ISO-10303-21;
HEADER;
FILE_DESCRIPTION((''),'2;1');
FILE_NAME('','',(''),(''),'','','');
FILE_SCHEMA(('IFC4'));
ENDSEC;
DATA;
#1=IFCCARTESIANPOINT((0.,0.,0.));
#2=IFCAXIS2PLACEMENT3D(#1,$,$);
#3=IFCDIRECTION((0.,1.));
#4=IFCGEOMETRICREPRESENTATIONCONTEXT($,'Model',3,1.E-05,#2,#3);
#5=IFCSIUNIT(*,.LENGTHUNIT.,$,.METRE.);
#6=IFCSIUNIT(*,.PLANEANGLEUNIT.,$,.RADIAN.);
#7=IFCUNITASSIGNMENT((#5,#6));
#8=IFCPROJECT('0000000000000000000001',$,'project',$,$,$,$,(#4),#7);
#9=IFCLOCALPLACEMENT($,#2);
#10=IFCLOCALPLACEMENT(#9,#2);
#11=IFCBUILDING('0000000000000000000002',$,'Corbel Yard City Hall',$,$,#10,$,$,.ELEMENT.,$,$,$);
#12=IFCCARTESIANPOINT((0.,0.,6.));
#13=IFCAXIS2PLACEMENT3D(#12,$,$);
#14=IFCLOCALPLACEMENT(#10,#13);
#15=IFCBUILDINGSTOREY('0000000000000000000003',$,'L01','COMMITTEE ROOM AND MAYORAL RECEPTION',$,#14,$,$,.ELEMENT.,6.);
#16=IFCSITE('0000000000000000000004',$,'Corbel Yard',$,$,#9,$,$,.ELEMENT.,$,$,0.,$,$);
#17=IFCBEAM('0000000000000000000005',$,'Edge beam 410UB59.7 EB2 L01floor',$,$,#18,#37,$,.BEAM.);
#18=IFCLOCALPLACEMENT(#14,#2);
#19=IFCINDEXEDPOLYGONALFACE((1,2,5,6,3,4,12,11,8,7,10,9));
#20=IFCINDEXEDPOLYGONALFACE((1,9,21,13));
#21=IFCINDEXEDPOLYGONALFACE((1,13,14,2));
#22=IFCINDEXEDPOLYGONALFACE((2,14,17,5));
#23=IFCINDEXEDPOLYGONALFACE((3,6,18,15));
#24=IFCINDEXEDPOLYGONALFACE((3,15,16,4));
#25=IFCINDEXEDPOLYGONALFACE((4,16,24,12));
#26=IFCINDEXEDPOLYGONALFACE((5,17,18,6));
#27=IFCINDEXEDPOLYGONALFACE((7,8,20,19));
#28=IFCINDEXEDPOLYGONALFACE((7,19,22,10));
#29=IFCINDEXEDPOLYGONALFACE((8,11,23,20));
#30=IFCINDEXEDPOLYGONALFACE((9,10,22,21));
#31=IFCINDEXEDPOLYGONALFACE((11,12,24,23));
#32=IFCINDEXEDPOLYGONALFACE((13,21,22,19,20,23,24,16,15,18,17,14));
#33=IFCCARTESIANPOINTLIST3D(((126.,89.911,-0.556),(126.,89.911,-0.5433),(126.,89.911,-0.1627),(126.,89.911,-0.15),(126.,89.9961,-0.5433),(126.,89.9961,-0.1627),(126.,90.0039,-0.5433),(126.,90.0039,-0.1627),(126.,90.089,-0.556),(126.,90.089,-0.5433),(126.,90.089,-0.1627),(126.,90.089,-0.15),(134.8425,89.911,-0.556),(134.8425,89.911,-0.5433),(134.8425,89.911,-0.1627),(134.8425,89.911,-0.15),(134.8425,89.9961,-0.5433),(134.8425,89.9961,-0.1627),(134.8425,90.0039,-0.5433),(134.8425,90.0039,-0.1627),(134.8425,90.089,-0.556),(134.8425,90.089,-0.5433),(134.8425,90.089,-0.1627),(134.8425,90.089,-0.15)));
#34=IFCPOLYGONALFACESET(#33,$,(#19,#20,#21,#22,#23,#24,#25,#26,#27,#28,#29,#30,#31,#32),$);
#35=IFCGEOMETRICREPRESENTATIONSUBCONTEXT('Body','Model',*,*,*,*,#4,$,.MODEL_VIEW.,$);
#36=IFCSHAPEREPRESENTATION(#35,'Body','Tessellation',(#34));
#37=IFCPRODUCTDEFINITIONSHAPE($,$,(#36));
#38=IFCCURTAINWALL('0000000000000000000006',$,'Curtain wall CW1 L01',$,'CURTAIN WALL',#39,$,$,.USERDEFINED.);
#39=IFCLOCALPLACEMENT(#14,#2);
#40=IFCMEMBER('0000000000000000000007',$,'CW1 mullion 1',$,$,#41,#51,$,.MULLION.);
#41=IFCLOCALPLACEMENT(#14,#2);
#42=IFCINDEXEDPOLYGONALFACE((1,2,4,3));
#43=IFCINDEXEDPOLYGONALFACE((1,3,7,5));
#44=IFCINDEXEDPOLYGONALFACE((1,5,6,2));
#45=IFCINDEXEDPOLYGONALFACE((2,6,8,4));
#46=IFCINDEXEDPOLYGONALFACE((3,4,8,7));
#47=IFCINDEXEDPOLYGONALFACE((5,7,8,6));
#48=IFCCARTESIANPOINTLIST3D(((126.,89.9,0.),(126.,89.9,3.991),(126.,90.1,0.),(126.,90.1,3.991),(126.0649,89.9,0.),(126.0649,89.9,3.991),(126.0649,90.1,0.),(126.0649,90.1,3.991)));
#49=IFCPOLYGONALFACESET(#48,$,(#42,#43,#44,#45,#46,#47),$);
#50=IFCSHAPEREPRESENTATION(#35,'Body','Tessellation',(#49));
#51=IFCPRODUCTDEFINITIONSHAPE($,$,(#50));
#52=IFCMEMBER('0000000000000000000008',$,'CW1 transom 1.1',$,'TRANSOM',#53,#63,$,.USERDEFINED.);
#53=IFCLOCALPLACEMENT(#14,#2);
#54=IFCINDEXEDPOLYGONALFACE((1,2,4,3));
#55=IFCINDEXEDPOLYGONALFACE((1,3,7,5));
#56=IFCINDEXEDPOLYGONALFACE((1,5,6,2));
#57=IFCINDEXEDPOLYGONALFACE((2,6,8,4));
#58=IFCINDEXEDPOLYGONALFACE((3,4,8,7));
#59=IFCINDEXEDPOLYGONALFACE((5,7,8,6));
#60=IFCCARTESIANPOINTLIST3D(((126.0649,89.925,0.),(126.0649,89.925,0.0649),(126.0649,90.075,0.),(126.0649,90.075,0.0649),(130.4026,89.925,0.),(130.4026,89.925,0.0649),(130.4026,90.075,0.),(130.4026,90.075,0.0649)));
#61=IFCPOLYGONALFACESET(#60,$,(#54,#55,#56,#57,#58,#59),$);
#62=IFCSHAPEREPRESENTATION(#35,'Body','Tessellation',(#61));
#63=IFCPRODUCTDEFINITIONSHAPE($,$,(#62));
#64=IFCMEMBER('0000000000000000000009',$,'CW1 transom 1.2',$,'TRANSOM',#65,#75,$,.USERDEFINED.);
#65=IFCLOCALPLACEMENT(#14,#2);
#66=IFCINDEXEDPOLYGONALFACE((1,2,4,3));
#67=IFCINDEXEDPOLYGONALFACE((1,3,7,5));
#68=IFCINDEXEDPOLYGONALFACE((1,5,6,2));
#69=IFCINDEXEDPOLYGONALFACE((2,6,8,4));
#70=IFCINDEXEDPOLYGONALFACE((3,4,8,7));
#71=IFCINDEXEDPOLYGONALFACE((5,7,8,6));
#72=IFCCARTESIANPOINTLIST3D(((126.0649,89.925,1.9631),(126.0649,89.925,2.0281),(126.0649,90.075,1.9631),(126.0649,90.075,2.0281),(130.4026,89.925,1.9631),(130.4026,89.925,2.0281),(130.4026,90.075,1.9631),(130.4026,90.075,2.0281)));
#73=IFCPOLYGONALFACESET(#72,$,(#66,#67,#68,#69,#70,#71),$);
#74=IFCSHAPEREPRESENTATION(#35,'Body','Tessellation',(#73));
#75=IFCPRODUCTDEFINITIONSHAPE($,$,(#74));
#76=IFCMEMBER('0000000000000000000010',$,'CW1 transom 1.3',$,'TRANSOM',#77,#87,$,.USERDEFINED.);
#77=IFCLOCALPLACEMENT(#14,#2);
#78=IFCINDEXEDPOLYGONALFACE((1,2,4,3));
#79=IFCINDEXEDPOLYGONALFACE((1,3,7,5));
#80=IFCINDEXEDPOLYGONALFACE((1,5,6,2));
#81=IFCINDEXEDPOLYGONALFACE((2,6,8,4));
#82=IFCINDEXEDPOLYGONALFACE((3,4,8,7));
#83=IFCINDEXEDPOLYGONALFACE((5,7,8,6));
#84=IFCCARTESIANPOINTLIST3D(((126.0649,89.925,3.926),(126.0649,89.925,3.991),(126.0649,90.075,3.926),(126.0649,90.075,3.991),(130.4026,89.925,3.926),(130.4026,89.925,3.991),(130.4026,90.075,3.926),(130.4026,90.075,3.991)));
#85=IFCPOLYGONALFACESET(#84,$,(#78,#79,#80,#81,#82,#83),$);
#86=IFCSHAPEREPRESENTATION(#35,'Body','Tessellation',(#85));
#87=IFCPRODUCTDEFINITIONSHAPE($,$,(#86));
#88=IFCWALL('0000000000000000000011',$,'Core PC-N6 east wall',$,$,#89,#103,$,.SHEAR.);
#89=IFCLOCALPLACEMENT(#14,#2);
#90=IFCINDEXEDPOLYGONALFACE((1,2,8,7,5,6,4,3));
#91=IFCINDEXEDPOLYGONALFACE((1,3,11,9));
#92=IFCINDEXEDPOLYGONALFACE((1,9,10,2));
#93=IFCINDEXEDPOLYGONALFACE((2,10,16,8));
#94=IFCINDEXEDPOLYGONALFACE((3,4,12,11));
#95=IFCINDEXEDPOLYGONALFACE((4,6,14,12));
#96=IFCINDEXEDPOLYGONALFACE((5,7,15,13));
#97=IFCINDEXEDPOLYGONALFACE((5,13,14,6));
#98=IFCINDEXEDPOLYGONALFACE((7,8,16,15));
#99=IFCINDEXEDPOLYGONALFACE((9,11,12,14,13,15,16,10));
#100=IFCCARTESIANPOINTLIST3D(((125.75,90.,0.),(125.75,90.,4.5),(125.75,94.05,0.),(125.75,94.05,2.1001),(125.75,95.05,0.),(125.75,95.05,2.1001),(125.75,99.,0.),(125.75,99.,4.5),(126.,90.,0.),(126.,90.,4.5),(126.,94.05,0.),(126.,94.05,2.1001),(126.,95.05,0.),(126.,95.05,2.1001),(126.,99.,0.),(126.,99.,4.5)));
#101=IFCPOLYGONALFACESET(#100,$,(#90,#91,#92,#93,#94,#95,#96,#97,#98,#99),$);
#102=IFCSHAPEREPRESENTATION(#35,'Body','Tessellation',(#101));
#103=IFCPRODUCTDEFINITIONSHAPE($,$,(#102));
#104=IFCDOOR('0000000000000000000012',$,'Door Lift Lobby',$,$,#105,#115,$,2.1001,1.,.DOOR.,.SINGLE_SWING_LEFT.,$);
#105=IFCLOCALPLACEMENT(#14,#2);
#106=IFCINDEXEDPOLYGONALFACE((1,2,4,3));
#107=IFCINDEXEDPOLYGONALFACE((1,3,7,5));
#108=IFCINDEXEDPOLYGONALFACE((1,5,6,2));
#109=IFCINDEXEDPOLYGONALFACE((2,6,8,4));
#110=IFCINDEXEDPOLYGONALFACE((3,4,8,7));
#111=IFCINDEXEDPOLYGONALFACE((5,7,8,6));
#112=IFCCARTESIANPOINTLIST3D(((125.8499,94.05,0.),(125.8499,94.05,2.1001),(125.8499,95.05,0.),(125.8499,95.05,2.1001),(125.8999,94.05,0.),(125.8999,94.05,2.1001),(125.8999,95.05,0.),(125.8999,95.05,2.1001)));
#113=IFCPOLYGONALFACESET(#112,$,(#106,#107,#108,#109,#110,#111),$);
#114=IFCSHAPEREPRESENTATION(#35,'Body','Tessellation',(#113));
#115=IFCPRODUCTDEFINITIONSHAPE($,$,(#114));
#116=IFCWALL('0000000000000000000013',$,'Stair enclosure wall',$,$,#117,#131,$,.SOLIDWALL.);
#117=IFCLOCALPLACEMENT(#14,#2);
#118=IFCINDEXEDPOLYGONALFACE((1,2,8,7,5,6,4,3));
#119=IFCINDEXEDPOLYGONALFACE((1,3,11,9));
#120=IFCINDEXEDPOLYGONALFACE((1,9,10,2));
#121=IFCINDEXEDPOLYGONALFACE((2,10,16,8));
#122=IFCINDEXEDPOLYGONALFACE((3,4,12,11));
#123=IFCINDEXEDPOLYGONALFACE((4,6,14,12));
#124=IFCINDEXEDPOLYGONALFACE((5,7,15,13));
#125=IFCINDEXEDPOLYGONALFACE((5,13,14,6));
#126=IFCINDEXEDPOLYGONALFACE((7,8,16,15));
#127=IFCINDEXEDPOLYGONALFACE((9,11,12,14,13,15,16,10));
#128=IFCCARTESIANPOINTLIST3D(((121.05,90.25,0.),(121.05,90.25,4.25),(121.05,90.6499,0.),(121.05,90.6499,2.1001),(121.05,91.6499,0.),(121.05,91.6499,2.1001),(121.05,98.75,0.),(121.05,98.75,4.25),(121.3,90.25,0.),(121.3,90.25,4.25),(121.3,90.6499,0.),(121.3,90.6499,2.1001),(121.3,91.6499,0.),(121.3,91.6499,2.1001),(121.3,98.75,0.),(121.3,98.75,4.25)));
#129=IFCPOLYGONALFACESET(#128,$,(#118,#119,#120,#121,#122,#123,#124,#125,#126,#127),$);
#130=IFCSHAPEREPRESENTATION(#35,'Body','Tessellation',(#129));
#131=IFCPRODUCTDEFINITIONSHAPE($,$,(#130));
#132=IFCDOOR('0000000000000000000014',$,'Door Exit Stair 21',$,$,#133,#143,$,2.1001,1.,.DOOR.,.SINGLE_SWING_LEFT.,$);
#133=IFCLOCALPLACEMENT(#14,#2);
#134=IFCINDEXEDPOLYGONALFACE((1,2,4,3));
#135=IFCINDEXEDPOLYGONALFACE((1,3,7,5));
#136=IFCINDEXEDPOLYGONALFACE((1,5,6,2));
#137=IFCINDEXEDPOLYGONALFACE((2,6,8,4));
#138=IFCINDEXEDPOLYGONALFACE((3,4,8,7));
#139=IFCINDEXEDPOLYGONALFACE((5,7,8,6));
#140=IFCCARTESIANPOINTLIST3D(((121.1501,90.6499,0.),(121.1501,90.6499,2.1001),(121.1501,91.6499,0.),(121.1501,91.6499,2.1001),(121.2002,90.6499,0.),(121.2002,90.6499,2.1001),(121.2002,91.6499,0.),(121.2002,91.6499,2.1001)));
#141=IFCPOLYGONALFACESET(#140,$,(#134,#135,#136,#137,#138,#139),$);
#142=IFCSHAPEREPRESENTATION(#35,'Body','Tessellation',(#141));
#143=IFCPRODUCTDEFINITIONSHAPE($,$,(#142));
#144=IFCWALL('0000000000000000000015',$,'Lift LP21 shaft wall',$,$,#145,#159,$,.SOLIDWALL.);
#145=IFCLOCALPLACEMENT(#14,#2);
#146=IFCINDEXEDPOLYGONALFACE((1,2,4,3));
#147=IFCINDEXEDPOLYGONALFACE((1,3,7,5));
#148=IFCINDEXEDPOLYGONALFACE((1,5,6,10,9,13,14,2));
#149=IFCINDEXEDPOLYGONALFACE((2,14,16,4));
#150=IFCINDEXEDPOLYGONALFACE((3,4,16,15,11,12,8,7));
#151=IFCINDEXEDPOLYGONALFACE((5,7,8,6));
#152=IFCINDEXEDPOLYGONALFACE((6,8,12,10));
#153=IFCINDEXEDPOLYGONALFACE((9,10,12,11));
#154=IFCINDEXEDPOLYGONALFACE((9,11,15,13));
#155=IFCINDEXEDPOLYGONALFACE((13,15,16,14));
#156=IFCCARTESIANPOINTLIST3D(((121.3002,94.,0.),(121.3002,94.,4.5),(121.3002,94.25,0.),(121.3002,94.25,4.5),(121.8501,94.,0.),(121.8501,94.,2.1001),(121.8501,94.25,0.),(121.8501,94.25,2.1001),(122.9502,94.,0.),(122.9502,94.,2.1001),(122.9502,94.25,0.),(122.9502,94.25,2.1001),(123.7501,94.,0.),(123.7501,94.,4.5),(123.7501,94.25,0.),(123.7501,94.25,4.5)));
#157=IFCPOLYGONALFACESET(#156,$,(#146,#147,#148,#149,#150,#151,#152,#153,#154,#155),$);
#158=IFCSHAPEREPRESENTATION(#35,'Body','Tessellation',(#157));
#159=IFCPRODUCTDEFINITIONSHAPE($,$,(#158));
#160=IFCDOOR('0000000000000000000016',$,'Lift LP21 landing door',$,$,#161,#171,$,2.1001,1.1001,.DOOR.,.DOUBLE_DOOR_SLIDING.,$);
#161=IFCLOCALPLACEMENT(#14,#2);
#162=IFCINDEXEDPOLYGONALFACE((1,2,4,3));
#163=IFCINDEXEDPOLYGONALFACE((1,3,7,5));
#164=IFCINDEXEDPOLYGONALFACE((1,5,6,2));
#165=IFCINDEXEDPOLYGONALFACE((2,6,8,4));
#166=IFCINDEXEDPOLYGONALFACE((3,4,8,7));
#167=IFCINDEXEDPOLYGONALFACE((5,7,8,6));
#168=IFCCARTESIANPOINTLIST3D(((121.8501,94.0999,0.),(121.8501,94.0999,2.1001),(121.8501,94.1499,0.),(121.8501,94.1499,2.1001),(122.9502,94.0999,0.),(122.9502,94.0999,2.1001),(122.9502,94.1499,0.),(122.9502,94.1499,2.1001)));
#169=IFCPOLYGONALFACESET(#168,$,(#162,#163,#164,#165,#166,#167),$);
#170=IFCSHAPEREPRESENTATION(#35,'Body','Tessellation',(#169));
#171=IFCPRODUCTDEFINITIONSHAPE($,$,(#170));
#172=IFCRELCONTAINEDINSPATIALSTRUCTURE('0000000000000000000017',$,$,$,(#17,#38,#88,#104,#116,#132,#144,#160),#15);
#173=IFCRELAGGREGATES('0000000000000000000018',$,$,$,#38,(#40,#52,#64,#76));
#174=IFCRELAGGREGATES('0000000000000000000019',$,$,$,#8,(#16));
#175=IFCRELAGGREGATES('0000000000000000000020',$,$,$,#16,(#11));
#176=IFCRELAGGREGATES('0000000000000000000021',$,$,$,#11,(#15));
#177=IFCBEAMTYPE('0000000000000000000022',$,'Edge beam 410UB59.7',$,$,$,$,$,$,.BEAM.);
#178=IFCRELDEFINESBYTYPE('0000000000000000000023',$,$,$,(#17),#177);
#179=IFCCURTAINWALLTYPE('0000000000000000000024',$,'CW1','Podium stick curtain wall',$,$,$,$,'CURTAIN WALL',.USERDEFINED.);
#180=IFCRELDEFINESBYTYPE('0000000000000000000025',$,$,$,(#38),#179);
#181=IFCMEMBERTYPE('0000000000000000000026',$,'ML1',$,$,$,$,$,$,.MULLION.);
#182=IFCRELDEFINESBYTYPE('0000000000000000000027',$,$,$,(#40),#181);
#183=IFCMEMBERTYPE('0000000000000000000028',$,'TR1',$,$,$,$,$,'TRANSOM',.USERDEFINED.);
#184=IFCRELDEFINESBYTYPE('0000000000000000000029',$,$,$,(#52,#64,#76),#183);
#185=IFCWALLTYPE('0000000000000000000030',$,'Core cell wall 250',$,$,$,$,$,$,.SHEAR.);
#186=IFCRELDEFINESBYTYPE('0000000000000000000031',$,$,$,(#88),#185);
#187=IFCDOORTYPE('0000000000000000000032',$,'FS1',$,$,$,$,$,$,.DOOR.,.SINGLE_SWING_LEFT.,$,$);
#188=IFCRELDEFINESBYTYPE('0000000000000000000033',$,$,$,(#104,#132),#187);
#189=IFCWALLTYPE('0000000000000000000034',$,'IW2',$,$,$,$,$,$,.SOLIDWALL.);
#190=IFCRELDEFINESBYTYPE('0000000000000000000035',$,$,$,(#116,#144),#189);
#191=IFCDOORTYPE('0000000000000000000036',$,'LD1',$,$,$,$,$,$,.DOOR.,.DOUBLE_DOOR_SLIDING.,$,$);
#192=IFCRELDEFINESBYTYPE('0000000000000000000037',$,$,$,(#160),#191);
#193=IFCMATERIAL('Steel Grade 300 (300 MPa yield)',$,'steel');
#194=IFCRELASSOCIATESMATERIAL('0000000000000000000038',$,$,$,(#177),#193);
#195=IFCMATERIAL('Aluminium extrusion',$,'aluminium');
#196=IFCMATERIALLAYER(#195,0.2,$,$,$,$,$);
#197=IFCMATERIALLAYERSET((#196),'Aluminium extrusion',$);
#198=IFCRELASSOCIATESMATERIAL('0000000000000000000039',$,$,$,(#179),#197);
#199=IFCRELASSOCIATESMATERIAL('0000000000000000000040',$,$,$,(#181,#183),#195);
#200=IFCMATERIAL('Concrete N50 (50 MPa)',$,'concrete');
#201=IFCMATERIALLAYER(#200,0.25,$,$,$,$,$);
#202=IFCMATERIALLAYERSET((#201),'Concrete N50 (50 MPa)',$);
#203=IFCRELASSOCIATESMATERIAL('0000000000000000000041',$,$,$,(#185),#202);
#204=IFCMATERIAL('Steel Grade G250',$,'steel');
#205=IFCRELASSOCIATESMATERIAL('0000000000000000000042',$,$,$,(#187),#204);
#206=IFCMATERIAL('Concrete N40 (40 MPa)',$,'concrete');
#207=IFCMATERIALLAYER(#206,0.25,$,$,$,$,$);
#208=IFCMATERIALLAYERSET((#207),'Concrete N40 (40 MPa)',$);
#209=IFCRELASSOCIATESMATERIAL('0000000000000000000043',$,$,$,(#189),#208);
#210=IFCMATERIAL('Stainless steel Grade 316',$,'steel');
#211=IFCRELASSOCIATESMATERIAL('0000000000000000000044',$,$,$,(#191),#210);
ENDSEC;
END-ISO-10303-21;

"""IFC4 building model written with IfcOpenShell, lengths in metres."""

from ifc_helpers import new_model, si_unit, direction, frame, frame_2d, origin, origin_2d, place, context, subcontext, project, spatial, rectangle, i_section, extrude, material, layer, layer_set, material_profile, profile_set, type_object, element, fill, aggregate, save


model = new_model("IFC4")

# Units and contexts
model_context = context("Model", 3, precision=1e-05, world=origin(), true_north=direction((0.0, 1.0)))
body_context = subcontext(model_context, "Body", "Model", "MODEL_VIEW")
ifc_project = project(units=[si_unit("LENGTHUNIT", "METRE"), si_unit("PLANEANGLEUNIT", "RADIAN")], contexts=[model_context])

# Site, building, storey
site_placement = place(None, origin())
site = spatial("IfcSite", under=ifc_project, at=site_placement, Name="Corbel Yard", CompositionType="ELEMENT", RefElevation=0.0)
building_placement = place(site_placement, origin())
building = spatial("IfcBuilding", under=site, at=building_placement, Name="Corbel Yard City Hall", CompositionType="ELEMENT")
storey_placement = place(building_placement, frame((0.0, 0.0, 6.0)))
storey = spatial("IfcBuildingStorey", under=building, at=storey_placement, Name="L01", Description="COMMITTEE ROOM AND MAYORAL RECEPTION", CompositionType="ELEMENT", Elevation=6.0)

# Beam
ifc_material_1 = material(Name="Steel Grade 300 (300 MPa yield)", Category="steel")
ifc_material_profile_1 = material_profile(ifc_material_1, i_section(OverallWidth=0.178, OverallDepth=0.406, WebThickness=0.0078, FlangeThickness=0.0127, at=origin_2d()), Name="410UB59.7")
ifc_profile_set_1 = profile_set([ifc_material_profile_1], Name="Steel Grade 300 (300 MPa yield)")
beam_type = type_object("IfcBeamType", Name="Edge beam 410UB59.7", PredefinedType="BEAM", material=ifc_profile_set_1)
beam_placement = place(storey_placement, frame((126.0, 90.0, -0.353), z_axis=(1.0, 0.0, 0.0), x_axis=(0.0, 1.0, 0.0)))
element("IfcBeam", 1, at=beam_placement, inside=storey, type_object=beam_type, Name="Edge beam 410UB59.7 EB2 L01floor", PredefinedType="BEAM", context=body_context, shape_type="SweptSolid", body=[
    extrude(i_section(OverallWidth=0.178, OverallDepth=0.406, WebThickness=0.0078, FlangeThickness=0.0127, at=origin_2d()), origin(), (0.0, 0.0, 1.0), 8.8425),
])

# Curtain wall, members
ifc_material_2 = material(Name="Aluminium extrusion", Category="aluminium")
ifc_layer_1 = layer(ifc_material_2, 0.2)
ifc_layer_set_1 = layer_set([ifc_layer_1], Name="Aluminium extrusion")
curtain_wall_type = type_object("IfcCurtainWallType", Name="CW1", Description="Podium stick curtain wall", ElementType="CURTAIN WALL", PredefinedType="USERDEFINED", material=ifc_layer_set_1)
curtain_wall_placement = place(storey_placement, origin())
curtain_wall = element("IfcCurtainWall", 2, at=curtain_wall_placement, inside=storey, type_object=curtain_wall_type, Name="Curtain wall CW1 L01", ObjectType="CURTAIN WALL", PredefinedType="USERDEFINED")
ifc_material_profile_2 = material_profile(ifc_material_2, rectangle(XDim=0.2, YDim=0.0649, at=origin_2d()), Name="200x65")
ifc_profile_set_2 = profile_set([ifc_material_profile_2], Name="Aluminium extrusion")
member_type_1 = type_object("IfcMemberType", Name="ML1", PredefinedType="MULLION", material=ifc_profile_set_2)
member_1_placement = place(storey_placement, frame((126.0325, 90.0, 0.0), z_axis=(0.0, 0.0, 1.0), x_axis=(0.0, 1.0, 0.0)))
member_1 = element("IfcMember", 3, at=member_1_placement, type_object=member_type_1, Name="CW1 mullion 1", PredefinedType="MULLION", context=body_context, shape_type="SweptSolid", body=[
    extrude(rectangle(XDim=0.2, YDim=0.0649, at=origin_2d()), origin(), (0.0, 0.0, 1.0), 3.991),
])
ifc_material_profile_3 = material_profile(ifc_material_2, rectangle(XDim=0.1499, YDim=0.0649, at=origin_2d()), Name="150x65")
ifc_profile_set_3 = profile_set([ifc_material_profile_3], Name="Aluminium extrusion")
member_type_2 = type_object("IfcMemberType", Name="TR1", ElementType="TRANSOM", PredefinedType="USERDEFINED", material=ifc_profile_set_3)
member_2_placement = place(storey_placement, frame((126.0649, 90.0, 0.0325), z_axis=(1.0, 0.0, 0.0), x_axis=(0.0, 1.0, 0.0)))
member_2 = element("IfcMember", 4, at=member_2_placement, type_object=member_type_2, Name="CW1 transom 1.1", ObjectType="TRANSOM", PredefinedType="USERDEFINED", context=body_context, shape_type="SweptSolid", body=[
    extrude(rectangle(XDim=0.1499, YDim=0.0649, at=origin_2d()), origin(), (0.0, 0.0, 1.0), 4.3376),
])
member_3_placement = place(storey_placement, frame((126.0649, 90.0, 1.9956), z_axis=(1.0, 0.0, 0.0), x_axis=(0.0, 1.0, 0.0)))
member_3 = element("IfcMember", 5, at=member_3_placement, type_object=member_type_2, Name="CW1 transom 1.2", ObjectType="TRANSOM", PredefinedType="USERDEFINED", context=body_context, shape_type="SweptSolid", body=[
    extrude(rectangle(XDim=0.1499, YDim=0.0649, at=origin_2d()), origin(), (0.0, 0.0, 1.0), 4.3376),
])
member_4_placement = place(storey_placement, frame((126.0649, 90.0, 3.9585), z_axis=(1.0, 0.0, 0.0), x_axis=(0.0, 1.0, 0.0)))
member_4 = element("IfcMember", 6, at=member_4_placement, type_object=member_type_2, Name="CW1 transom 1.3", ObjectType="TRANSOM", PredefinedType="USERDEFINED", context=body_context, shape_type="SweptSolid", body=[
    extrude(rectangle(XDim=0.1499, YDim=0.0649, at=origin_2d()), origin(), (0.0, 0.0, 1.0), 4.3376),
])
aggregate(curtain_wall, [member_1, member_2, member_3, member_4])

# Walls, openings, doors
ifc_material_3 = material(Name="Concrete N50 (50 MPa)", Category="concrete")
ifc_layer_2 = layer(ifc_material_3, 0.25)
ifc_layer_set_2 = layer_set([ifc_layer_2], Name="Concrete N50 (50 MPa)")
wall_type_1 = type_object("IfcWallType", Name="Core cell wall 250", PredefinedType="SHEAR", material=ifc_layer_set_2)
wall_1_placement = place(storey_placement, frame((125.875, 90.0, 0.0), z_axis=(0.0, 0.0, 1.0), x_axis=(0.0, 1.0, 0.0)))
wall_1 = element("IfcWall", 7, at=wall_1_placement, inside=storey, type_object=wall_type_1, Name="Core PC-N6 east wall", PredefinedType="SHEAR", context=body_context, shape_type="SweptSolid", body=[
    extrude(rectangle(XDim=9.0, YDim=0.25, at=frame_2d((4.5, 0.0))), origin(), (0.0, 0.0, 1.0), 4.5),
])
opening_1_placement = place(wall_1_placement, frame((4.05, 0.0, 0.0)))
opening_1 = element("IfcOpeningElement", 8, at=opening_1_placement, cuts=wall_1, PredefinedType="OPENING", context=body_context, shape_type="SweptSolid", body=[
    extrude(rectangle(XDim=1.0, YDim=2.1001, at=frame_2d((0.5, 1.05))), frame((0.0, 0.135, 0.0), z_axis=(0.0, -1.0, 0.0), x_axis=(1.0, 0.0, 0.0)), (0.0, 0.0, 1.0), 0.27),
])
ifc_material_4 = material(Name="Steel Grade G250", Category="steel")
door_type_1 = type_object("IfcDoorType", Name="FS1", OperationType="SINGLE_SWING_LEFT", PredefinedType="DOOR", material=ifc_material_4)
door_1_placement = place(opening_1_placement, frame((1.0, 0.0, 0.0), z_axis=(0.0, 0.0, 1.0), x_axis=(-1.0, 0.0, 0.0)))
door_1 = element("IfcDoor", 9, at=door_1_placement, inside=storey, type_object=door_type_1, Name="Door Lift Lobby", OperationType="SINGLE_SWING_LEFT", OverallHeight=2.1001, OverallWidth=1.0, PredefinedType="DOOR", context=body_context, shape_type="SweptSolid", body=[
    extrude(rectangle(XDim=1.0, YDim=2.1001, at=frame_2d((0.5, 1.05))), frame((0.0, 0.0249, 0.0), z_axis=(0.0, -1.0, 0.0), x_axis=(1.0, 0.0, 0.0)), (0.0, 0.0, 1.0), 0.05),
])
fill(opening_1, door_1)
ifc_material_5 = material(Name="Concrete N40 (40 MPa)", Category="concrete")
ifc_layer_3 = layer(ifc_material_5, 0.25)
ifc_layer_set_3 = layer_set([ifc_layer_3], Name="Concrete N40 (40 MPa)")
wall_type_2 = type_object("IfcWallType", Name="IW2", PredefinedType="SOLIDWALL", material=ifc_layer_set_3)
wall_2_placement = place(storey_placement, frame((121.175, 90.25, 0.0), z_axis=(0.0, 0.0, 1.0), x_axis=(0.0, 1.0, 0.0)))
wall_2 = element("IfcWall", 10, at=wall_2_placement, inside=storey, type_object=wall_type_2, Name="Stair enclosure wall", PredefinedType="SOLIDWALL", context=body_context, shape_type="SweptSolid", body=[
    extrude(rectangle(XDim=8.5, YDim=0.25, at=frame_2d((4.25, 0.0))), origin(), (0.0, 0.0, 1.0), 4.25),
])
opening_2_placement = place(wall_2_placement, frame((0.3999, 0.0, 0.0)))
opening_2 = element("IfcOpeningElement", 11, at=opening_2_placement, cuts=wall_2, PredefinedType="OPENING", context=body_context, shape_type="SweptSolid", body=[
    extrude(rectangle(XDim=1.0, YDim=2.1001, at=frame_2d((0.5, 1.05))), frame((0.0, 0.135, 0.0), z_axis=(0.0, -1.0, 0.0), x_axis=(1.0, 0.0, 0.0)), (0.0, 0.0, 1.0), 0.27),
])
door_2_placement = place(opening_2_placement, origin())
door_2 = element("IfcDoor", 12, at=door_2_placement, inside=storey, type_object=door_type_1, Name="Door Exit Stair 21", OperationType="SINGLE_SWING_LEFT", OverallHeight=2.1001, OverallWidth=1.0, PredefinedType="DOOR", context=body_context, shape_type="SweptSolid", body=[
    extrude(rectangle(XDim=1.0, YDim=2.1001, at=frame_2d((0.5, 1.05))), frame((0.0, 0.0249, 0.0), z_axis=(0.0, -1.0, 0.0), x_axis=(1.0, 0.0, 0.0)), (0.0, 0.0, 1.0), 0.05),
])
fill(opening_2, door_2)
wall_3_placement = place(storey_placement, frame((121.3, 94.125, 0.0), z_axis=(0.0, 0.0, 1.0), x_axis=(1.0, 0.0, 0.0)))
wall_3 = element("IfcWall", 13, at=wall_3_placement, inside=storey, type_object=wall_type_2, Name="Lift LP21 shaft wall", PredefinedType="SOLIDWALL", context=body_context, shape_type="SweptSolid", body=[
    extrude(rectangle(XDim=2.45, YDim=0.25, at=frame_2d((1.2251, 0.0))), origin(), (0.0, 0.0, 1.0), 4.5),
])
opening_3_placement = place(wall_3_placement, frame((0.55, 0.0, 0.0)))
opening_3 = element("IfcOpeningElement", 14, at=opening_3_placement, cuts=wall_3, PredefinedType="OPENING", context=body_context, shape_type="SweptSolid", body=[
    extrude(rectangle(XDim=1.1001, YDim=2.1001, at=frame_2d((0.55, 1.05))), frame((0.0, 0.135, 0.0), z_axis=(0.0, -1.0, 0.0), x_axis=(1.0, 0.0, 0.0)), (0.0, 0.0, 1.0), 0.27),
])
ifc_material_6 = material(Name="Stainless steel Grade 316", Category="steel")
door_type_2 = type_object("IfcDoorType", Name="LD1", OperationType="DOUBLE_DOOR_SLIDING", PredefinedType="DOOR", material=ifc_material_6)
door_3_placement = place(opening_3_placement, origin())
door_3 = element("IfcDoor", 15, at=door_3_placement, inside=storey, type_object=door_type_2, Name="Lift LP21 landing door", OperationType="DOUBLE_DOOR_SLIDING", OverallHeight=2.1001, OverallWidth=1.1001, PredefinedType="DOOR", context=body_context, shape_type="SweptSolid", body=[
    extrude(rectangle(XDim=1.1001, YDim=2.1001, at=frame_2d((0.55, 1.05))), frame((0.0, 0.0249, 0.0), z_axis=(0.0, -1.0, 0.0), x_axis=(1.0, 0.0, 0.0)), (0.0, 0.0, 1.0), 0.05),
])
fill(opening_3, door_3)

save(model, "model.ifc")
